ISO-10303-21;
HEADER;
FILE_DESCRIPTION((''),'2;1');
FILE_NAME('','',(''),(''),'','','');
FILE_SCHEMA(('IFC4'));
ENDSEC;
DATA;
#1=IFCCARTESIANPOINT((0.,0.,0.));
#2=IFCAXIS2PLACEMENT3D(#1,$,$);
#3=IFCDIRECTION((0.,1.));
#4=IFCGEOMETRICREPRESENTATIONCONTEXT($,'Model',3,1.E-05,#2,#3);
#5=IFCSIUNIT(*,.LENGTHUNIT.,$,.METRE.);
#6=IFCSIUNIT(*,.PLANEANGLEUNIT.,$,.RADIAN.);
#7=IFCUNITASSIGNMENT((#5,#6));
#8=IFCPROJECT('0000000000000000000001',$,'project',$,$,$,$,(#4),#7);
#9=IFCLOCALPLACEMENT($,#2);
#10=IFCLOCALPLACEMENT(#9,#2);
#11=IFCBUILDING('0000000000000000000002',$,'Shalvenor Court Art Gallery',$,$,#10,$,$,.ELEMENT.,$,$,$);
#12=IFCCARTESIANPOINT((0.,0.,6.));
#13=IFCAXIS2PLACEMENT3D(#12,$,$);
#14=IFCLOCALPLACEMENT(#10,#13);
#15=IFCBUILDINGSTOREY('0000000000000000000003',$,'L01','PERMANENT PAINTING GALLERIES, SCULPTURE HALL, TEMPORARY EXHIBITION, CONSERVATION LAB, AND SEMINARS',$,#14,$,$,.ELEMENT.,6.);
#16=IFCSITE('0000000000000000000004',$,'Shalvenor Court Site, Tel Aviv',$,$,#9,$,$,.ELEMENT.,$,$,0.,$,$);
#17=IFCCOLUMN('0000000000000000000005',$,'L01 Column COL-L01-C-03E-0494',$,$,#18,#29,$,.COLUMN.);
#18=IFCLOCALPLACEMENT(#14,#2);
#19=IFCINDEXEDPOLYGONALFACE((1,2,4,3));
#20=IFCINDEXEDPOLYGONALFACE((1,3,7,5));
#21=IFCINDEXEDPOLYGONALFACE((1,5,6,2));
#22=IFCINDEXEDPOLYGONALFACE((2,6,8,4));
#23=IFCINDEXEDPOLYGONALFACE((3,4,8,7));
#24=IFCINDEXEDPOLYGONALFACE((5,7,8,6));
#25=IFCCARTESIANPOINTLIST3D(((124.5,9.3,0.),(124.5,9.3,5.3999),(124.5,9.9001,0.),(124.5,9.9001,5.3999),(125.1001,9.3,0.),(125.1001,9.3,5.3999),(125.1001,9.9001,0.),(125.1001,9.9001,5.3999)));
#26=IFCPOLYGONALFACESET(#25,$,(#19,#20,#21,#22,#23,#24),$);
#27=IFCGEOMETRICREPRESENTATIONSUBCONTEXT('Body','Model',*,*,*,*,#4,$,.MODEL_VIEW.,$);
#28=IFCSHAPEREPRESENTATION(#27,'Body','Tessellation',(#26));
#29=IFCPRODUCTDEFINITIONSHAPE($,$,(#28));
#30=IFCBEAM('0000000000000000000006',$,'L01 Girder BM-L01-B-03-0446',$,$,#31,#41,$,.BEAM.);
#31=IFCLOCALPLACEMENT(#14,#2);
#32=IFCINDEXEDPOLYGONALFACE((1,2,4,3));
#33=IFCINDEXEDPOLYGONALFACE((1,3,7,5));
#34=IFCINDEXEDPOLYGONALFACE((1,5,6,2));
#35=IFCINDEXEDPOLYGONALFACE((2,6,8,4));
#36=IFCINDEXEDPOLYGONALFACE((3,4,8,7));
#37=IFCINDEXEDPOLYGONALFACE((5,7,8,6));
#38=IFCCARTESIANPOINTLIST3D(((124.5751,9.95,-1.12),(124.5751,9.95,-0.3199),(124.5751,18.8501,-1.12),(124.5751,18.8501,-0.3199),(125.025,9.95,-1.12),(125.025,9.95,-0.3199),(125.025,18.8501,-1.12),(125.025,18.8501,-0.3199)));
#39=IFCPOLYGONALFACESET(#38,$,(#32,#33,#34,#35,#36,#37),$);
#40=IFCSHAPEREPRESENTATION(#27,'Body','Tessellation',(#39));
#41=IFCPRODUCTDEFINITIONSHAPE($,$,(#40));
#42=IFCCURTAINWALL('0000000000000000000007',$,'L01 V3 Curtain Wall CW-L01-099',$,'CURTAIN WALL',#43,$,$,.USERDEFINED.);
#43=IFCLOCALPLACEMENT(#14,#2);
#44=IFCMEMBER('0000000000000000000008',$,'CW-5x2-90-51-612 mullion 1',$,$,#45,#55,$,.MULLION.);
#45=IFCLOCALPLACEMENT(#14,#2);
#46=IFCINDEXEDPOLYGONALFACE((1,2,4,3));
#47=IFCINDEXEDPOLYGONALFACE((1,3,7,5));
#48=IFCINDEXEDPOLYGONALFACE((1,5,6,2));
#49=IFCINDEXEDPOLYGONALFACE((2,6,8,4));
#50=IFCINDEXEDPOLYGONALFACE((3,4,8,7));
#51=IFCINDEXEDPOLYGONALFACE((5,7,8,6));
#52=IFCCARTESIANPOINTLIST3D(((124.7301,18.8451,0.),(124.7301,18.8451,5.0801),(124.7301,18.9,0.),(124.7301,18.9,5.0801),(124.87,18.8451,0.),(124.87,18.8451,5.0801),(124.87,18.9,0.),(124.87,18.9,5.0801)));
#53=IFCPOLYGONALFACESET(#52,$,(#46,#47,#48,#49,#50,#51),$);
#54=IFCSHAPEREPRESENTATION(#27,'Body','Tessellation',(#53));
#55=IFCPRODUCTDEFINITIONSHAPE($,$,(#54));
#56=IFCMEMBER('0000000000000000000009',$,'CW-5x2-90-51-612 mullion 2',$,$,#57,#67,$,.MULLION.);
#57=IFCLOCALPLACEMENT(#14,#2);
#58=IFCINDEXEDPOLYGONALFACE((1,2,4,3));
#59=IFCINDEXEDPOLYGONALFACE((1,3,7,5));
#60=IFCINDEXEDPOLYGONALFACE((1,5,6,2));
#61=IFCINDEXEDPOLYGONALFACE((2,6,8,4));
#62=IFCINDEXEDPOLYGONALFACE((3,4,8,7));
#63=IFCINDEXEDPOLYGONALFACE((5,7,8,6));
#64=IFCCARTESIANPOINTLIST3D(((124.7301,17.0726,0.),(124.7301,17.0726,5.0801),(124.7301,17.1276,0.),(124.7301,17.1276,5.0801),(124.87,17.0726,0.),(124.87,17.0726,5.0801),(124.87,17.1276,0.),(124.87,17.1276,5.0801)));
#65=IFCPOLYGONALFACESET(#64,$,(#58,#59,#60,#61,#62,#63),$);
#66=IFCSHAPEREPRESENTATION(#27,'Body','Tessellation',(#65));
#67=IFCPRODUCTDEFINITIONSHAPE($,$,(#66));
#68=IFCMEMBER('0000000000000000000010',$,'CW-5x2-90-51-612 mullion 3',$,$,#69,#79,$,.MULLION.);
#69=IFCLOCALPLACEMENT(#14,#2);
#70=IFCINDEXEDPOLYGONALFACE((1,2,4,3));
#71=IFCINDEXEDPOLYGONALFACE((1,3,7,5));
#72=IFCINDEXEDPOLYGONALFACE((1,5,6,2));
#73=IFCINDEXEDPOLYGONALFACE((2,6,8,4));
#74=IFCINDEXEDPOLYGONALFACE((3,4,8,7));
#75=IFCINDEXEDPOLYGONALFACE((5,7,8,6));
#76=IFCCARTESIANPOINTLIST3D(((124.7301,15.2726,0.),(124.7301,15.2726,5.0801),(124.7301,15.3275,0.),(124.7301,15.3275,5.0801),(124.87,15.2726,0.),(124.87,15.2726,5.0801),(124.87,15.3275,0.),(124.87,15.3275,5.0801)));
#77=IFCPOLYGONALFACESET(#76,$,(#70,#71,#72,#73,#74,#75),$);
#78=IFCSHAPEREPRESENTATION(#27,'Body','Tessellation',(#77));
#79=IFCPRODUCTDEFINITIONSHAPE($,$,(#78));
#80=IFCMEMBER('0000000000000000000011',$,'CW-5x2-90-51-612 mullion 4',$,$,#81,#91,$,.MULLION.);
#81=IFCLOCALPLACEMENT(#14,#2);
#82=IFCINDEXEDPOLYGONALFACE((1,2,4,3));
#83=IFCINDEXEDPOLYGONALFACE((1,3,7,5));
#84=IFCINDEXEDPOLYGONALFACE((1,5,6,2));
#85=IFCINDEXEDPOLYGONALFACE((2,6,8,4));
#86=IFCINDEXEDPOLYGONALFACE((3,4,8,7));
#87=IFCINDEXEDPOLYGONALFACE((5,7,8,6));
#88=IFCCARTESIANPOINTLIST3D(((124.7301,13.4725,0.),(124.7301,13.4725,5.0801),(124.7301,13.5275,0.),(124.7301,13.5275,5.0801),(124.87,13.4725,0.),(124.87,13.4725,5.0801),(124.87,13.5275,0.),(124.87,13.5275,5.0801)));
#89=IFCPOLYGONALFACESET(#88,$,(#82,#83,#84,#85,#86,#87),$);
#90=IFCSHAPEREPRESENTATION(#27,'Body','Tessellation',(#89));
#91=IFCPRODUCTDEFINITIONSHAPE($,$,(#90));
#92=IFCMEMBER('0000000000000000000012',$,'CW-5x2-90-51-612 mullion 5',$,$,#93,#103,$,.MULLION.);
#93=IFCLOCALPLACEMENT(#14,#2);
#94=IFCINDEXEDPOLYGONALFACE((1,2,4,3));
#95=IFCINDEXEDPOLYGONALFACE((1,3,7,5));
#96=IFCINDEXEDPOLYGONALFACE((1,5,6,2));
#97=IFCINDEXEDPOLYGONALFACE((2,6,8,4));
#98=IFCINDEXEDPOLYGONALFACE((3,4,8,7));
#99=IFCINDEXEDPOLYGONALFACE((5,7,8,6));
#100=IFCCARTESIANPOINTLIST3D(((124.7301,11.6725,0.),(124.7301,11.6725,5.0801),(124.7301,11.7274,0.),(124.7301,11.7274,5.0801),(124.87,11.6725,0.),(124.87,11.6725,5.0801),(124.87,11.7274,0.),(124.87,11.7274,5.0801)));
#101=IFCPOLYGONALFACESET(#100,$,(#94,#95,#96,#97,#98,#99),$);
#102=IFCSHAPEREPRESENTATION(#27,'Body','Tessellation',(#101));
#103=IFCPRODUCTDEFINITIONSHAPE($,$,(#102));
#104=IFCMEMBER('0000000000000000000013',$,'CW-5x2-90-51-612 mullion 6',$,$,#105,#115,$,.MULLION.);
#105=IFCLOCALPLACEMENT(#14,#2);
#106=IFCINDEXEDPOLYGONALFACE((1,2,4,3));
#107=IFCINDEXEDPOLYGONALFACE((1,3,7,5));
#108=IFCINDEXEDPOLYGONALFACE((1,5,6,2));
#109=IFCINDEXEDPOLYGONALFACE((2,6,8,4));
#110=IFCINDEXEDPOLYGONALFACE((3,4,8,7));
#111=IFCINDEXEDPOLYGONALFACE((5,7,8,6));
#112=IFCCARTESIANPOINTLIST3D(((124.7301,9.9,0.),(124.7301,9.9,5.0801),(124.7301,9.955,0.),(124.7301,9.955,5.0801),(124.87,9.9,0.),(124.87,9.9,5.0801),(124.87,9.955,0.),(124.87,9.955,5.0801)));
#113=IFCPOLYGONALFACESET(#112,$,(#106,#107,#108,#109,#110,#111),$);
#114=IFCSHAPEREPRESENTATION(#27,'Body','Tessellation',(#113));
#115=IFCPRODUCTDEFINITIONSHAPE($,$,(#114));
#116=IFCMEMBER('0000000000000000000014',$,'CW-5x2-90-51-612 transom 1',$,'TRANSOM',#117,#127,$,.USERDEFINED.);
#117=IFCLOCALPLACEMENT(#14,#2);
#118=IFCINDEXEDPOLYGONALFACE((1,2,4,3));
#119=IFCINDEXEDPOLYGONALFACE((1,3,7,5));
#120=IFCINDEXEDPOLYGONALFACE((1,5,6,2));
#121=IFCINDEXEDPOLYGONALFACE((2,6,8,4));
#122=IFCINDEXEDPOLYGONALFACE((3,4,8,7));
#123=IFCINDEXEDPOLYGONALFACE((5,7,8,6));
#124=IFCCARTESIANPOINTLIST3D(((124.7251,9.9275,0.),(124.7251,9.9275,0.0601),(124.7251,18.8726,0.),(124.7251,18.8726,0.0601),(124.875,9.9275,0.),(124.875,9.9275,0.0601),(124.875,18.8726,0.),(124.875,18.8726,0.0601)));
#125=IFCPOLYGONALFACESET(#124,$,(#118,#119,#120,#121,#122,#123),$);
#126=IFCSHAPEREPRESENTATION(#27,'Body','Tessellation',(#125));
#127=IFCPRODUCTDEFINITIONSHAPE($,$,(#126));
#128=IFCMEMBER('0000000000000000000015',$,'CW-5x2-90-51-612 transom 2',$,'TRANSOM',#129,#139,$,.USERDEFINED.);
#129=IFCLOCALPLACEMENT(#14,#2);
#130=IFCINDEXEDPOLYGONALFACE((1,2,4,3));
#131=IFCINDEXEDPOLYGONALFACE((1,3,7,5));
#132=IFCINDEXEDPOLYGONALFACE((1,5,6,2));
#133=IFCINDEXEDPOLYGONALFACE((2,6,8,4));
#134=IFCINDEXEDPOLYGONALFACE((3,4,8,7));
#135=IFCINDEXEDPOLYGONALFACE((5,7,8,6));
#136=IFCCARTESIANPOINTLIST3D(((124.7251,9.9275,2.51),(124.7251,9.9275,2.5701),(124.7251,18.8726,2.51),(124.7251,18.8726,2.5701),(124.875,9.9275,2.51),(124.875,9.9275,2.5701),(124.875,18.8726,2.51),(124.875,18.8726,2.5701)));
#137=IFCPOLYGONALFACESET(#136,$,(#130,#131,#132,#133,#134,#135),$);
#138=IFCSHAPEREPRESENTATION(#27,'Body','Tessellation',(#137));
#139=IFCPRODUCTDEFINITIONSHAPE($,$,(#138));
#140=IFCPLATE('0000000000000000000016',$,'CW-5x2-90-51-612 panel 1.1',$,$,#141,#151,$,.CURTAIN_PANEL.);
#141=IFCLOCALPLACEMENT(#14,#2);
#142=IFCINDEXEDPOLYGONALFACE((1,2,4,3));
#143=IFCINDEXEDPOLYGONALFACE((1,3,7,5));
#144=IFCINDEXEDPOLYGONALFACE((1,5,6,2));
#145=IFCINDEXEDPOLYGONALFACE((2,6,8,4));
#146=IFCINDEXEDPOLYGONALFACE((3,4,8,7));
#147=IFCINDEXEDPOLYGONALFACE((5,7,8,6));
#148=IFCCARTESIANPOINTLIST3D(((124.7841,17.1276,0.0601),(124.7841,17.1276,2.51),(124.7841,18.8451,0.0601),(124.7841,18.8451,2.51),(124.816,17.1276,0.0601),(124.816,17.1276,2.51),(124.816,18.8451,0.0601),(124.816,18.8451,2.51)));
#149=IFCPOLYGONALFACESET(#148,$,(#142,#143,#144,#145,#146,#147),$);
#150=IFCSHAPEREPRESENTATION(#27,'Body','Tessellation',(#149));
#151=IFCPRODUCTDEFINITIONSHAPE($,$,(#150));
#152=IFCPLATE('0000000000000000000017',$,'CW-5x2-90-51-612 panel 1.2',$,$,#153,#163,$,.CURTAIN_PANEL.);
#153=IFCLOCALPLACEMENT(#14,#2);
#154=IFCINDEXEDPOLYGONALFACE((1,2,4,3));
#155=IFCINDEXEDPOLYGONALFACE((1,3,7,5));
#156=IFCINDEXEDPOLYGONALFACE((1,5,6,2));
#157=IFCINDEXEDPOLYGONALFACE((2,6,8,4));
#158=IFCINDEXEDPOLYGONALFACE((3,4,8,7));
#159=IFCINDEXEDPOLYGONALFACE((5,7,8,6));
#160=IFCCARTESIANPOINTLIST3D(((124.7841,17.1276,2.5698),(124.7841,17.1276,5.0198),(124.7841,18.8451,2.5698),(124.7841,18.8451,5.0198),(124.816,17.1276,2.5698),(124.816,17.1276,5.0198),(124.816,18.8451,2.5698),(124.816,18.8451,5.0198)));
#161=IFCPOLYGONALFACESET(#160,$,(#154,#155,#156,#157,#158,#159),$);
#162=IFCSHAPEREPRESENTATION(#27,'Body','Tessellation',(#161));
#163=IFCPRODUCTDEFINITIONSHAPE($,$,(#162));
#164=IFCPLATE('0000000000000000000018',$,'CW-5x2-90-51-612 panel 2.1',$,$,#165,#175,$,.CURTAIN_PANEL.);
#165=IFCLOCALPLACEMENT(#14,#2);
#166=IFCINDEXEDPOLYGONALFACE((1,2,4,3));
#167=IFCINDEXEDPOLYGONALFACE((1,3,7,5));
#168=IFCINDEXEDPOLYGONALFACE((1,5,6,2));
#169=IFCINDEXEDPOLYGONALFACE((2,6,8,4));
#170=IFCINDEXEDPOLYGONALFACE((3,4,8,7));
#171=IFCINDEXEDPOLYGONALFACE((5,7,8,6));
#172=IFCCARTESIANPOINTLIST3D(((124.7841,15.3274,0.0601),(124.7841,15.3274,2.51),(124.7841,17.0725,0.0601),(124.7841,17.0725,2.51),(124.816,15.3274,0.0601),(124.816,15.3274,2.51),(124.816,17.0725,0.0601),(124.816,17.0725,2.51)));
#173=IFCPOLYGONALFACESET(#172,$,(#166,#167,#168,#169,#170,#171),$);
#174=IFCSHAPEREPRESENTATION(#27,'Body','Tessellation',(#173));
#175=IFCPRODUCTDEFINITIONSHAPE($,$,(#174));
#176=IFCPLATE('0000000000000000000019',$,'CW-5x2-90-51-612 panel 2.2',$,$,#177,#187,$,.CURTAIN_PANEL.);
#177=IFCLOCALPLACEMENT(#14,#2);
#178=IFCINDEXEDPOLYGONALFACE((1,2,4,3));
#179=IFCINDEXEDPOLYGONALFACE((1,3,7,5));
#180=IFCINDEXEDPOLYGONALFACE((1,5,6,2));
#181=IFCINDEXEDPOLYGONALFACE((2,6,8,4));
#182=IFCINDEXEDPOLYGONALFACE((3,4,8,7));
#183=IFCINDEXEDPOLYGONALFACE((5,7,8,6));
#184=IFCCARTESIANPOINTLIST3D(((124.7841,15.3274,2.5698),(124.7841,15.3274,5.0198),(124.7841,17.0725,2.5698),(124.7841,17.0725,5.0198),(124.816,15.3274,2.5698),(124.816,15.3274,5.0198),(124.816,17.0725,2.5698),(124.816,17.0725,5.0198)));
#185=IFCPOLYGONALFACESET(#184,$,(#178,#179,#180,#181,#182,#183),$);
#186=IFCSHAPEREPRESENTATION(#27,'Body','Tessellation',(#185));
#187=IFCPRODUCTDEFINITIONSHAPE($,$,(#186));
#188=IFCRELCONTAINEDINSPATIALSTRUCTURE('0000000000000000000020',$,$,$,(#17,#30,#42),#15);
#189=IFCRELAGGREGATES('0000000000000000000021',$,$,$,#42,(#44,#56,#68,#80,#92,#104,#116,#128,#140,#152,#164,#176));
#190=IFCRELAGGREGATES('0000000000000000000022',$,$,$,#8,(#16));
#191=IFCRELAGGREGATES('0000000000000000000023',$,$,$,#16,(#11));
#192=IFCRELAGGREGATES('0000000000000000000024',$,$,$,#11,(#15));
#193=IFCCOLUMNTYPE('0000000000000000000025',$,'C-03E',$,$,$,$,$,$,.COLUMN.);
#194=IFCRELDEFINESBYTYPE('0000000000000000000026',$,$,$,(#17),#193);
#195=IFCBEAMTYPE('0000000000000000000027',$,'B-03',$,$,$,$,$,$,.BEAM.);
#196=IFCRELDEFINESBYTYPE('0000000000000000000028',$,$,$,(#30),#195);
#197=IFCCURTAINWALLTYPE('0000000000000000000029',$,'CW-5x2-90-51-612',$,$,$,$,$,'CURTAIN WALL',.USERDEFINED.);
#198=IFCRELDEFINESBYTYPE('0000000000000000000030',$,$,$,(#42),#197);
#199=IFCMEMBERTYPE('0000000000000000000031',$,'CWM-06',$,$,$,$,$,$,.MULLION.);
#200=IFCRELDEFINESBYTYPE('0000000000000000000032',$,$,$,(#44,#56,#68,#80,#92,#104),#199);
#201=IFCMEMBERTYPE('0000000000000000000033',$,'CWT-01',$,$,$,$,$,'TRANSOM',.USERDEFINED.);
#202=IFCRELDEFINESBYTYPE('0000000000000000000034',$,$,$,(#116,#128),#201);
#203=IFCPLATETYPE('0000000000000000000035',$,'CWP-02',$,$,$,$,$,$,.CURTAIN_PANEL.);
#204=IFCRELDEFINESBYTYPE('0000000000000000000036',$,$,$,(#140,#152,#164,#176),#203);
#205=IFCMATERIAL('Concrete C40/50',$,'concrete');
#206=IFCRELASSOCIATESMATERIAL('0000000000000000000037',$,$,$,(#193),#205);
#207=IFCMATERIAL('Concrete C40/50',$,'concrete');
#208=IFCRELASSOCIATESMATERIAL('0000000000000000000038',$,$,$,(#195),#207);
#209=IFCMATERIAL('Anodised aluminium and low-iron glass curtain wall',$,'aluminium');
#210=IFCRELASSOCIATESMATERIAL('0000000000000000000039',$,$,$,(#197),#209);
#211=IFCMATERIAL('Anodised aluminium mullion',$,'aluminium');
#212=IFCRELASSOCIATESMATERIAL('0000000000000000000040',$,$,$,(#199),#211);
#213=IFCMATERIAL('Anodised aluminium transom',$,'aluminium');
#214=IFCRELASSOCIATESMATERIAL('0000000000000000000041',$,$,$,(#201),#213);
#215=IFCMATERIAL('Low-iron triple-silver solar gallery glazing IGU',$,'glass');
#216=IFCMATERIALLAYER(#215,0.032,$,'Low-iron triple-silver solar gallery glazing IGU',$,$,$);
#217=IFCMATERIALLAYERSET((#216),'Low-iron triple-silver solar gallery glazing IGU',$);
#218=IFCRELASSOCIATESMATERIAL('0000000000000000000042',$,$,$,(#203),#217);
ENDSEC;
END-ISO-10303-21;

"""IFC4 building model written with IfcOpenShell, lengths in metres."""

from ifc_helpers import new_model, si_unit, direction, frame, origin, origin_2d, place, context, subcontext, project, spatial, rectangle, extrude, material, layer, layer_set, material_profile, profile_set, type_object, element, aggregate, save


model = new_model("IFC4")

# Units and contexts
model_context = context("Model", 3, precision=1e-05, world=origin(), true_north=direction((0.0, 1.0)))
body_context = subcontext(model_context, "Body", "Model", "MODEL_VIEW")
ifc_project = project(units=[si_unit("LENGTHUNIT", "METRE"), si_unit("PLANEANGLEUNIT", "RADIAN")], contexts=[model_context])

# Site, building, storey
site_placement = place(None, origin())
site = spatial("IfcSite", under=ifc_project, at=site_placement, Name="Shalvenor Court Site, Tel Aviv", CompositionType="ELEMENT", RefElevation=0.0)
building_placement = place(site_placement, origin())
building = spatial("IfcBuilding", under=site, at=building_placement, Name="Shalvenor Court Art Gallery", CompositionType="ELEMENT")
storey_placement = place(building_placement, frame((0.0, 0.0, 6.0)))
storey = spatial("IfcBuildingStorey", under=building, at=storey_placement, Name="L01", Description="PERMANENT PAINTING GALLERIES, SCULPTURE HALL, TEMPORARY EXHIBITION, CONSERVATION LAB, AND SEMINARS", CompositionType="ELEMENT", Elevation=6.0)

# Column
ifc_material_1 = material(Name="Concrete C40/50", Category="concrete")
ifc_material_profile_1 = material_profile(ifc_material_1, rectangle(XDim=0.6001, YDim=0.6001, at=origin_2d()), Name="RC 600x600")
ifc_profile_set_1 = profile_set([ifc_material_profile_1], Name="Concrete C40/50")
column_type = type_object("IfcColumnType", Name="C-03E", PredefinedType="COLUMN", material=ifc_profile_set_1)
column_placement = place(storey_placement, frame((124.8, 9.6001, 0.0), z_axis=(0.0, 0.0, 1.0), x_axis=(1.0, 0.0, 0.0)))
element("IfcColumn", 1, at=column_placement, inside=storey, type_object=column_type, Name="L01 Column COL-L01-C-03E-0494", PredefinedType="COLUMN", context=body_context, shape_type="SweptSolid", body=[
    extrude(rectangle(XDim=0.6001, YDim=0.6001, at=origin_2d()), origin(), (0.0, 0.0, 1.0), 5.3999),
])

# Beam
ifc_material_2 = material(Name="Concrete C40/50", Category="concrete")
ifc_material_profile_2 = material_profile(ifc_material_2, rectangle(XDim=0.45, YDim=0.8, at=origin_2d()), Name="RC 450x800")
ifc_profile_set_2 = profile_set([ifc_material_profile_2], Name="Concrete C40/50")
beam_type = type_object("IfcBeamType", Name="B-03", PredefinedType="BEAM", material=ifc_profile_set_2)
beam_placement = place(storey_placement, frame((124.8, 9.95, -0.72), z_axis=(0.0, 1.0, 0.0), x_axis=(-1.0, 0.0, 0.0)))
element("IfcBeam", 2, at=beam_placement, inside=storey, type_object=beam_type, Name="L01 Girder BM-L01-B-03-0446", PredefinedType="BEAM", context=body_context, shape_type="SweptSolid", body=[
    extrude(rectangle(XDim=0.45, YDim=0.8, at=origin_2d()), origin(), (0.0, 0.0, 1.0), 8.9001),
])

# Curtain wall, members, plates
ifc_material_3 = material(Name="Anodised aluminium and low-iron glass curtain wall", Category="aluminium")
curtain_wall_type = type_object("IfcCurtainWallType", Name="CW-5x2-90-51-612", ElementType="CURTAIN WALL", PredefinedType="USERDEFINED", material=ifc_material_3)
curtain_wall_placement = place(storey_placement, origin())
curtain_wall = element("IfcCurtainWall", 3, at=curtain_wall_placement, inside=storey, type_object=curtain_wall_type, Name="L01 V3 Curtain Wall CW-L01-099", ObjectType="CURTAIN WALL", PredefinedType="USERDEFINED")
ifc_material_4 = material(Name="Anodised aluminium mullion", Category="aluminium")
ifc_material_profile_3 = material_profile(ifc_material_4, rectangle(XDim=0.0549, YDim=0.1399, at=origin_2d()), Name="CWM-06")
ifc_profile_set_3 = profile_set([ifc_material_profile_3], Name="Anodised aluminium mullion")
member_type_1 = type_object("IfcMemberType", Name="CWM-06", PredefinedType="MULLION", material=ifc_profile_set_3)
member_1_placement = place(storey_placement, frame((124.8, 18.8726, 0.0), z_axis=(0.0, 0.0, 1.0), x_axis=(0.0, -1.0, 0.0)))
member_1 = element("IfcMember", 4, at=member_1_placement, type_object=member_type_1, Name="CW-5x2-90-51-612 mullion 1", PredefinedType="MULLION", context=body_context, shape_type="SweptSolid", body=[
    extrude(rectangle(XDim=0.0549, YDim=0.1399, at=origin_2d()), origin(), (0.0, 0.0, 1.0), 5.0801),
])
member_2_placement = place(storey_placement, frame((124.8, 17.1001, 0.0), z_axis=(0.0, 0.0, 1.0), x_axis=(0.0, -1.0, 0.0)))
member_2 = element("IfcMember", 5, at=member_2_placement, type_object=member_type_1, Name="CW-5x2-90-51-612 mullion 2", PredefinedType="MULLION", context=body_context, shape_type="SweptSolid", body=[
    extrude(rectangle(XDim=0.0549, YDim=0.1399, at=origin_2d()), origin(), (0.0, 0.0, 1.0), 5.0801),
])
member_3_placement = place(storey_placement, frame((124.8, 15.3, 0.0), z_axis=(0.0, 0.0, 1.0), x_axis=(0.0, -1.0, 0.0)))
member_3 = element("IfcMember", 6, at=member_3_placement, type_object=member_type_1, Name="CW-5x2-90-51-612 mullion 3", PredefinedType="MULLION", context=body_context, shape_type="SweptSolid", body=[
    extrude(rectangle(XDim=0.0549, YDim=0.1399, at=origin_2d()), origin(), (0.0, 0.0, 1.0), 5.0801),
])
member_4_placement = place(storey_placement, frame((124.8, 13.5, 0.0), z_axis=(0.0, 0.0, 1.0), x_axis=(0.0, -1.0, 0.0)))
member_4 = element("IfcMember", 7, at=member_4_placement, type_object=member_type_1, Name="CW-5x2-90-51-612 mullion 4", PredefinedType="MULLION", context=body_context, shape_type="SweptSolid", body=[
    extrude(rectangle(XDim=0.0549, YDim=0.1399, at=origin_2d()), origin(), (0.0, 0.0, 1.0), 5.0801),
])
member_5_placement = place(storey_placement, frame((124.8, 11.7, 0.0), z_axis=(0.0, 0.0, 1.0), x_axis=(0.0, -1.0, 0.0)))
member_5 = element("IfcMember", 8, at=member_5_placement, type_object=member_type_1, Name="CW-5x2-90-51-612 mullion 5", PredefinedType="MULLION", context=body_context, shape_type="SweptSolid", body=[
    extrude(rectangle(XDim=0.0549, YDim=0.1399, at=origin_2d()), origin(), (0.0, 0.0, 1.0), 5.0801),
])
member_6_placement = place(storey_placement, frame((124.8, 9.9275, 0.0), z_axis=(0.0, 0.0, 1.0), x_axis=(0.0, -1.0, 0.0)))
member_6 = element("IfcMember", 9, at=member_6_placement, type_object=member_type_1, Name="CW-5x2-90-51-612 mullion 6", PredefinedType="MULLION", context=body_context, shape_type="SweptSolid", body=[
    extrude(rectangle(XDim=0.0549, YDim=0.1399, at=origin_2d()), origin(), (0.0, 0.0, 1.0), 5.0801),
])
ifc_material_5 = material(Name="Anodised aluminium transom", Category="aluminium")
ifc_material_profile_4 = material_profile(ifc_material_5, rectangle(XDim=0.1499, YDim=0.0601, at=origin_2d()), Name="CWT-01")
ifc_profile_set_4 = profile_set([ifc_material_profile_4], Name="Anodised aluminium transom")
member_type_2 = type_object("IfcMemberType", Name="CWT-01", ElementType="TRANSOM", PredefinedType="USERDEFINED", material=ifc_profile_set_4)
member_7_placement = place(storey_placement, frame((124.8, 18.8726, 0.03), z_axis=(0.0, -1.0, 0.0), x_axis=(1.0, 0.0, 0.0)))
member_7 = element("IfcMember", 10, at=member_7_placement, type_object=member_type_2, Name="CW-5x2-90-51-612 transom 1", ObjectType="TRANSOM", PredefinedType="USERDEFINED", context=body_context, shape_type="SweptSolid", body=[
    extrude(rectangle(XDim=0.1499, YDim=0.0601, at=origin_2d()), origin(), (0.0, 0.0, 1.0), 8.9451),
])
member_8_placement = place(storey_placement, frame((124.8, 18.8726, 2.54), z_axis=(0.0, -1.0, 0.0), x_axis=(1.0, 0.0, 0.0)))
member_8 = element("IfcMember", 11, at=member_8_placement, type_object=member_type_2, Name="CW-5x2-90-51-612 transom 2", ObjectType="TRANSOM", PredefinedType="USERDEFINED", context=body_context, shape_type="SweptSolid", body=[
    extrude(rectangle(XDim=0.1499, YDim=0.0601, at=origin_2d()), origin(), (0.0, 0.0, 1.0), 8.9451),
])
ifc_material_6 = material(Name="Low-iron triple-silver solar gallery glazing IGU", Category="glass")
ifc_layer_1 = layer(ifc_material_6, 0.032, Name="Low-iron triple-silver solar gallery glazing IGU")
ifc_layer_set_1 = layer_set([ifc_layer_1], Name="Low-iron triple-silver solar gallery glazing IGU")
plate_type_1 = type_object("IfcPlateType", Name="CWP-02", PredefinedType="CURTAIN_PANEL", material=ifc_layer_set_1)
plate_1_placement = place(storey_placement, frame((124.8, 17.9863, 0.0601), z_axis=(0.0, 0.0, 1.0), x_axis=(0.0, -1.0, 0.0)))
plate_1 = element("IfcPlate", 12, at=plate_1_placement, type_object=plate_type_1, Name="CW-5x2-90-51-612 panel 1.1", PredefinedType="CURTAIN_PANEL", context=body_context, shape_type="SweptSolid", body=[
    extrude(rectangle(XDim=1.7175, YDim=0.032, at=origin_2d()), origin(), (0.0, 0.0, 1.0), 2.45),
])
plate_2_placement = place(storey_placement, frame((124.8, 17.9863, 2.5698), z_axis=(0.0, 0.0, 1.0), x_axis=(0.0, -1.0, 0.0)))
plate_2 = element("IfcPlate", 13, at=plate_2_placement, type_object=plate_type_1, Name="CW-5x2-90-51-612 panel 1.2", PredefinedType="CURTAIN_PANEL", context=body_context, shape_type="SweptSolid", body=[
    extrude(rectangle(XDim=1.7175, YDim=0.032, at=origin_2d()), origin(), (0.0, 0.0, 1.0), 2.45),
])
plate_3_placement = place(storey_placement, frame((124.8, 16.2, 0.0601), z_axis=(0.0, 0.0, 1.0), x_axis=(0.0, -1.0, 0.0)))
plate_3 = element("IfcPlate", 14, at=plate_3_placement, type_object=plate_type_1, Name="CW-5x2-90-51-612 panel 2.1", PredefinedType="CURTAIN_PANEL", context=body_context, shape_type="SweptSolid", body=[
    extrude(rectangle(XDim=1.7451, YDim=0.032, at=origin_2d()), origin(), (0.0, 0.0, 1.0), 2.45),
])
plate_4_placement = place(storey_placement, frame((124.8, 16.2, 2.5698), z_axis=(0.0, 0.0, 1.0), x_axis=(0.0, -1.0, 0.0)))
plate_4 = element("IfcPlate", 15, at=plate_4_placement, type_object=plate_type_1, Name="CW-5x2-90-51-612 panel 2.2", PredefinedType="CURTAIN_PANEL", context=body_context, shape_type="SweptSolid", body=[
    extrude(rectangle(XDim=1.7451, YDim=0.032, at=origin_2d()), origin(), (0.0, 0.0, 1.0), 2.45),
])
aggregate(curtain_wall, [member_1, member_2, member_3, member_4, member_5, member_6, member_7, member_8, plate_1, plate_2, plate_3, plate_4])

save(model, "model.ifc")
